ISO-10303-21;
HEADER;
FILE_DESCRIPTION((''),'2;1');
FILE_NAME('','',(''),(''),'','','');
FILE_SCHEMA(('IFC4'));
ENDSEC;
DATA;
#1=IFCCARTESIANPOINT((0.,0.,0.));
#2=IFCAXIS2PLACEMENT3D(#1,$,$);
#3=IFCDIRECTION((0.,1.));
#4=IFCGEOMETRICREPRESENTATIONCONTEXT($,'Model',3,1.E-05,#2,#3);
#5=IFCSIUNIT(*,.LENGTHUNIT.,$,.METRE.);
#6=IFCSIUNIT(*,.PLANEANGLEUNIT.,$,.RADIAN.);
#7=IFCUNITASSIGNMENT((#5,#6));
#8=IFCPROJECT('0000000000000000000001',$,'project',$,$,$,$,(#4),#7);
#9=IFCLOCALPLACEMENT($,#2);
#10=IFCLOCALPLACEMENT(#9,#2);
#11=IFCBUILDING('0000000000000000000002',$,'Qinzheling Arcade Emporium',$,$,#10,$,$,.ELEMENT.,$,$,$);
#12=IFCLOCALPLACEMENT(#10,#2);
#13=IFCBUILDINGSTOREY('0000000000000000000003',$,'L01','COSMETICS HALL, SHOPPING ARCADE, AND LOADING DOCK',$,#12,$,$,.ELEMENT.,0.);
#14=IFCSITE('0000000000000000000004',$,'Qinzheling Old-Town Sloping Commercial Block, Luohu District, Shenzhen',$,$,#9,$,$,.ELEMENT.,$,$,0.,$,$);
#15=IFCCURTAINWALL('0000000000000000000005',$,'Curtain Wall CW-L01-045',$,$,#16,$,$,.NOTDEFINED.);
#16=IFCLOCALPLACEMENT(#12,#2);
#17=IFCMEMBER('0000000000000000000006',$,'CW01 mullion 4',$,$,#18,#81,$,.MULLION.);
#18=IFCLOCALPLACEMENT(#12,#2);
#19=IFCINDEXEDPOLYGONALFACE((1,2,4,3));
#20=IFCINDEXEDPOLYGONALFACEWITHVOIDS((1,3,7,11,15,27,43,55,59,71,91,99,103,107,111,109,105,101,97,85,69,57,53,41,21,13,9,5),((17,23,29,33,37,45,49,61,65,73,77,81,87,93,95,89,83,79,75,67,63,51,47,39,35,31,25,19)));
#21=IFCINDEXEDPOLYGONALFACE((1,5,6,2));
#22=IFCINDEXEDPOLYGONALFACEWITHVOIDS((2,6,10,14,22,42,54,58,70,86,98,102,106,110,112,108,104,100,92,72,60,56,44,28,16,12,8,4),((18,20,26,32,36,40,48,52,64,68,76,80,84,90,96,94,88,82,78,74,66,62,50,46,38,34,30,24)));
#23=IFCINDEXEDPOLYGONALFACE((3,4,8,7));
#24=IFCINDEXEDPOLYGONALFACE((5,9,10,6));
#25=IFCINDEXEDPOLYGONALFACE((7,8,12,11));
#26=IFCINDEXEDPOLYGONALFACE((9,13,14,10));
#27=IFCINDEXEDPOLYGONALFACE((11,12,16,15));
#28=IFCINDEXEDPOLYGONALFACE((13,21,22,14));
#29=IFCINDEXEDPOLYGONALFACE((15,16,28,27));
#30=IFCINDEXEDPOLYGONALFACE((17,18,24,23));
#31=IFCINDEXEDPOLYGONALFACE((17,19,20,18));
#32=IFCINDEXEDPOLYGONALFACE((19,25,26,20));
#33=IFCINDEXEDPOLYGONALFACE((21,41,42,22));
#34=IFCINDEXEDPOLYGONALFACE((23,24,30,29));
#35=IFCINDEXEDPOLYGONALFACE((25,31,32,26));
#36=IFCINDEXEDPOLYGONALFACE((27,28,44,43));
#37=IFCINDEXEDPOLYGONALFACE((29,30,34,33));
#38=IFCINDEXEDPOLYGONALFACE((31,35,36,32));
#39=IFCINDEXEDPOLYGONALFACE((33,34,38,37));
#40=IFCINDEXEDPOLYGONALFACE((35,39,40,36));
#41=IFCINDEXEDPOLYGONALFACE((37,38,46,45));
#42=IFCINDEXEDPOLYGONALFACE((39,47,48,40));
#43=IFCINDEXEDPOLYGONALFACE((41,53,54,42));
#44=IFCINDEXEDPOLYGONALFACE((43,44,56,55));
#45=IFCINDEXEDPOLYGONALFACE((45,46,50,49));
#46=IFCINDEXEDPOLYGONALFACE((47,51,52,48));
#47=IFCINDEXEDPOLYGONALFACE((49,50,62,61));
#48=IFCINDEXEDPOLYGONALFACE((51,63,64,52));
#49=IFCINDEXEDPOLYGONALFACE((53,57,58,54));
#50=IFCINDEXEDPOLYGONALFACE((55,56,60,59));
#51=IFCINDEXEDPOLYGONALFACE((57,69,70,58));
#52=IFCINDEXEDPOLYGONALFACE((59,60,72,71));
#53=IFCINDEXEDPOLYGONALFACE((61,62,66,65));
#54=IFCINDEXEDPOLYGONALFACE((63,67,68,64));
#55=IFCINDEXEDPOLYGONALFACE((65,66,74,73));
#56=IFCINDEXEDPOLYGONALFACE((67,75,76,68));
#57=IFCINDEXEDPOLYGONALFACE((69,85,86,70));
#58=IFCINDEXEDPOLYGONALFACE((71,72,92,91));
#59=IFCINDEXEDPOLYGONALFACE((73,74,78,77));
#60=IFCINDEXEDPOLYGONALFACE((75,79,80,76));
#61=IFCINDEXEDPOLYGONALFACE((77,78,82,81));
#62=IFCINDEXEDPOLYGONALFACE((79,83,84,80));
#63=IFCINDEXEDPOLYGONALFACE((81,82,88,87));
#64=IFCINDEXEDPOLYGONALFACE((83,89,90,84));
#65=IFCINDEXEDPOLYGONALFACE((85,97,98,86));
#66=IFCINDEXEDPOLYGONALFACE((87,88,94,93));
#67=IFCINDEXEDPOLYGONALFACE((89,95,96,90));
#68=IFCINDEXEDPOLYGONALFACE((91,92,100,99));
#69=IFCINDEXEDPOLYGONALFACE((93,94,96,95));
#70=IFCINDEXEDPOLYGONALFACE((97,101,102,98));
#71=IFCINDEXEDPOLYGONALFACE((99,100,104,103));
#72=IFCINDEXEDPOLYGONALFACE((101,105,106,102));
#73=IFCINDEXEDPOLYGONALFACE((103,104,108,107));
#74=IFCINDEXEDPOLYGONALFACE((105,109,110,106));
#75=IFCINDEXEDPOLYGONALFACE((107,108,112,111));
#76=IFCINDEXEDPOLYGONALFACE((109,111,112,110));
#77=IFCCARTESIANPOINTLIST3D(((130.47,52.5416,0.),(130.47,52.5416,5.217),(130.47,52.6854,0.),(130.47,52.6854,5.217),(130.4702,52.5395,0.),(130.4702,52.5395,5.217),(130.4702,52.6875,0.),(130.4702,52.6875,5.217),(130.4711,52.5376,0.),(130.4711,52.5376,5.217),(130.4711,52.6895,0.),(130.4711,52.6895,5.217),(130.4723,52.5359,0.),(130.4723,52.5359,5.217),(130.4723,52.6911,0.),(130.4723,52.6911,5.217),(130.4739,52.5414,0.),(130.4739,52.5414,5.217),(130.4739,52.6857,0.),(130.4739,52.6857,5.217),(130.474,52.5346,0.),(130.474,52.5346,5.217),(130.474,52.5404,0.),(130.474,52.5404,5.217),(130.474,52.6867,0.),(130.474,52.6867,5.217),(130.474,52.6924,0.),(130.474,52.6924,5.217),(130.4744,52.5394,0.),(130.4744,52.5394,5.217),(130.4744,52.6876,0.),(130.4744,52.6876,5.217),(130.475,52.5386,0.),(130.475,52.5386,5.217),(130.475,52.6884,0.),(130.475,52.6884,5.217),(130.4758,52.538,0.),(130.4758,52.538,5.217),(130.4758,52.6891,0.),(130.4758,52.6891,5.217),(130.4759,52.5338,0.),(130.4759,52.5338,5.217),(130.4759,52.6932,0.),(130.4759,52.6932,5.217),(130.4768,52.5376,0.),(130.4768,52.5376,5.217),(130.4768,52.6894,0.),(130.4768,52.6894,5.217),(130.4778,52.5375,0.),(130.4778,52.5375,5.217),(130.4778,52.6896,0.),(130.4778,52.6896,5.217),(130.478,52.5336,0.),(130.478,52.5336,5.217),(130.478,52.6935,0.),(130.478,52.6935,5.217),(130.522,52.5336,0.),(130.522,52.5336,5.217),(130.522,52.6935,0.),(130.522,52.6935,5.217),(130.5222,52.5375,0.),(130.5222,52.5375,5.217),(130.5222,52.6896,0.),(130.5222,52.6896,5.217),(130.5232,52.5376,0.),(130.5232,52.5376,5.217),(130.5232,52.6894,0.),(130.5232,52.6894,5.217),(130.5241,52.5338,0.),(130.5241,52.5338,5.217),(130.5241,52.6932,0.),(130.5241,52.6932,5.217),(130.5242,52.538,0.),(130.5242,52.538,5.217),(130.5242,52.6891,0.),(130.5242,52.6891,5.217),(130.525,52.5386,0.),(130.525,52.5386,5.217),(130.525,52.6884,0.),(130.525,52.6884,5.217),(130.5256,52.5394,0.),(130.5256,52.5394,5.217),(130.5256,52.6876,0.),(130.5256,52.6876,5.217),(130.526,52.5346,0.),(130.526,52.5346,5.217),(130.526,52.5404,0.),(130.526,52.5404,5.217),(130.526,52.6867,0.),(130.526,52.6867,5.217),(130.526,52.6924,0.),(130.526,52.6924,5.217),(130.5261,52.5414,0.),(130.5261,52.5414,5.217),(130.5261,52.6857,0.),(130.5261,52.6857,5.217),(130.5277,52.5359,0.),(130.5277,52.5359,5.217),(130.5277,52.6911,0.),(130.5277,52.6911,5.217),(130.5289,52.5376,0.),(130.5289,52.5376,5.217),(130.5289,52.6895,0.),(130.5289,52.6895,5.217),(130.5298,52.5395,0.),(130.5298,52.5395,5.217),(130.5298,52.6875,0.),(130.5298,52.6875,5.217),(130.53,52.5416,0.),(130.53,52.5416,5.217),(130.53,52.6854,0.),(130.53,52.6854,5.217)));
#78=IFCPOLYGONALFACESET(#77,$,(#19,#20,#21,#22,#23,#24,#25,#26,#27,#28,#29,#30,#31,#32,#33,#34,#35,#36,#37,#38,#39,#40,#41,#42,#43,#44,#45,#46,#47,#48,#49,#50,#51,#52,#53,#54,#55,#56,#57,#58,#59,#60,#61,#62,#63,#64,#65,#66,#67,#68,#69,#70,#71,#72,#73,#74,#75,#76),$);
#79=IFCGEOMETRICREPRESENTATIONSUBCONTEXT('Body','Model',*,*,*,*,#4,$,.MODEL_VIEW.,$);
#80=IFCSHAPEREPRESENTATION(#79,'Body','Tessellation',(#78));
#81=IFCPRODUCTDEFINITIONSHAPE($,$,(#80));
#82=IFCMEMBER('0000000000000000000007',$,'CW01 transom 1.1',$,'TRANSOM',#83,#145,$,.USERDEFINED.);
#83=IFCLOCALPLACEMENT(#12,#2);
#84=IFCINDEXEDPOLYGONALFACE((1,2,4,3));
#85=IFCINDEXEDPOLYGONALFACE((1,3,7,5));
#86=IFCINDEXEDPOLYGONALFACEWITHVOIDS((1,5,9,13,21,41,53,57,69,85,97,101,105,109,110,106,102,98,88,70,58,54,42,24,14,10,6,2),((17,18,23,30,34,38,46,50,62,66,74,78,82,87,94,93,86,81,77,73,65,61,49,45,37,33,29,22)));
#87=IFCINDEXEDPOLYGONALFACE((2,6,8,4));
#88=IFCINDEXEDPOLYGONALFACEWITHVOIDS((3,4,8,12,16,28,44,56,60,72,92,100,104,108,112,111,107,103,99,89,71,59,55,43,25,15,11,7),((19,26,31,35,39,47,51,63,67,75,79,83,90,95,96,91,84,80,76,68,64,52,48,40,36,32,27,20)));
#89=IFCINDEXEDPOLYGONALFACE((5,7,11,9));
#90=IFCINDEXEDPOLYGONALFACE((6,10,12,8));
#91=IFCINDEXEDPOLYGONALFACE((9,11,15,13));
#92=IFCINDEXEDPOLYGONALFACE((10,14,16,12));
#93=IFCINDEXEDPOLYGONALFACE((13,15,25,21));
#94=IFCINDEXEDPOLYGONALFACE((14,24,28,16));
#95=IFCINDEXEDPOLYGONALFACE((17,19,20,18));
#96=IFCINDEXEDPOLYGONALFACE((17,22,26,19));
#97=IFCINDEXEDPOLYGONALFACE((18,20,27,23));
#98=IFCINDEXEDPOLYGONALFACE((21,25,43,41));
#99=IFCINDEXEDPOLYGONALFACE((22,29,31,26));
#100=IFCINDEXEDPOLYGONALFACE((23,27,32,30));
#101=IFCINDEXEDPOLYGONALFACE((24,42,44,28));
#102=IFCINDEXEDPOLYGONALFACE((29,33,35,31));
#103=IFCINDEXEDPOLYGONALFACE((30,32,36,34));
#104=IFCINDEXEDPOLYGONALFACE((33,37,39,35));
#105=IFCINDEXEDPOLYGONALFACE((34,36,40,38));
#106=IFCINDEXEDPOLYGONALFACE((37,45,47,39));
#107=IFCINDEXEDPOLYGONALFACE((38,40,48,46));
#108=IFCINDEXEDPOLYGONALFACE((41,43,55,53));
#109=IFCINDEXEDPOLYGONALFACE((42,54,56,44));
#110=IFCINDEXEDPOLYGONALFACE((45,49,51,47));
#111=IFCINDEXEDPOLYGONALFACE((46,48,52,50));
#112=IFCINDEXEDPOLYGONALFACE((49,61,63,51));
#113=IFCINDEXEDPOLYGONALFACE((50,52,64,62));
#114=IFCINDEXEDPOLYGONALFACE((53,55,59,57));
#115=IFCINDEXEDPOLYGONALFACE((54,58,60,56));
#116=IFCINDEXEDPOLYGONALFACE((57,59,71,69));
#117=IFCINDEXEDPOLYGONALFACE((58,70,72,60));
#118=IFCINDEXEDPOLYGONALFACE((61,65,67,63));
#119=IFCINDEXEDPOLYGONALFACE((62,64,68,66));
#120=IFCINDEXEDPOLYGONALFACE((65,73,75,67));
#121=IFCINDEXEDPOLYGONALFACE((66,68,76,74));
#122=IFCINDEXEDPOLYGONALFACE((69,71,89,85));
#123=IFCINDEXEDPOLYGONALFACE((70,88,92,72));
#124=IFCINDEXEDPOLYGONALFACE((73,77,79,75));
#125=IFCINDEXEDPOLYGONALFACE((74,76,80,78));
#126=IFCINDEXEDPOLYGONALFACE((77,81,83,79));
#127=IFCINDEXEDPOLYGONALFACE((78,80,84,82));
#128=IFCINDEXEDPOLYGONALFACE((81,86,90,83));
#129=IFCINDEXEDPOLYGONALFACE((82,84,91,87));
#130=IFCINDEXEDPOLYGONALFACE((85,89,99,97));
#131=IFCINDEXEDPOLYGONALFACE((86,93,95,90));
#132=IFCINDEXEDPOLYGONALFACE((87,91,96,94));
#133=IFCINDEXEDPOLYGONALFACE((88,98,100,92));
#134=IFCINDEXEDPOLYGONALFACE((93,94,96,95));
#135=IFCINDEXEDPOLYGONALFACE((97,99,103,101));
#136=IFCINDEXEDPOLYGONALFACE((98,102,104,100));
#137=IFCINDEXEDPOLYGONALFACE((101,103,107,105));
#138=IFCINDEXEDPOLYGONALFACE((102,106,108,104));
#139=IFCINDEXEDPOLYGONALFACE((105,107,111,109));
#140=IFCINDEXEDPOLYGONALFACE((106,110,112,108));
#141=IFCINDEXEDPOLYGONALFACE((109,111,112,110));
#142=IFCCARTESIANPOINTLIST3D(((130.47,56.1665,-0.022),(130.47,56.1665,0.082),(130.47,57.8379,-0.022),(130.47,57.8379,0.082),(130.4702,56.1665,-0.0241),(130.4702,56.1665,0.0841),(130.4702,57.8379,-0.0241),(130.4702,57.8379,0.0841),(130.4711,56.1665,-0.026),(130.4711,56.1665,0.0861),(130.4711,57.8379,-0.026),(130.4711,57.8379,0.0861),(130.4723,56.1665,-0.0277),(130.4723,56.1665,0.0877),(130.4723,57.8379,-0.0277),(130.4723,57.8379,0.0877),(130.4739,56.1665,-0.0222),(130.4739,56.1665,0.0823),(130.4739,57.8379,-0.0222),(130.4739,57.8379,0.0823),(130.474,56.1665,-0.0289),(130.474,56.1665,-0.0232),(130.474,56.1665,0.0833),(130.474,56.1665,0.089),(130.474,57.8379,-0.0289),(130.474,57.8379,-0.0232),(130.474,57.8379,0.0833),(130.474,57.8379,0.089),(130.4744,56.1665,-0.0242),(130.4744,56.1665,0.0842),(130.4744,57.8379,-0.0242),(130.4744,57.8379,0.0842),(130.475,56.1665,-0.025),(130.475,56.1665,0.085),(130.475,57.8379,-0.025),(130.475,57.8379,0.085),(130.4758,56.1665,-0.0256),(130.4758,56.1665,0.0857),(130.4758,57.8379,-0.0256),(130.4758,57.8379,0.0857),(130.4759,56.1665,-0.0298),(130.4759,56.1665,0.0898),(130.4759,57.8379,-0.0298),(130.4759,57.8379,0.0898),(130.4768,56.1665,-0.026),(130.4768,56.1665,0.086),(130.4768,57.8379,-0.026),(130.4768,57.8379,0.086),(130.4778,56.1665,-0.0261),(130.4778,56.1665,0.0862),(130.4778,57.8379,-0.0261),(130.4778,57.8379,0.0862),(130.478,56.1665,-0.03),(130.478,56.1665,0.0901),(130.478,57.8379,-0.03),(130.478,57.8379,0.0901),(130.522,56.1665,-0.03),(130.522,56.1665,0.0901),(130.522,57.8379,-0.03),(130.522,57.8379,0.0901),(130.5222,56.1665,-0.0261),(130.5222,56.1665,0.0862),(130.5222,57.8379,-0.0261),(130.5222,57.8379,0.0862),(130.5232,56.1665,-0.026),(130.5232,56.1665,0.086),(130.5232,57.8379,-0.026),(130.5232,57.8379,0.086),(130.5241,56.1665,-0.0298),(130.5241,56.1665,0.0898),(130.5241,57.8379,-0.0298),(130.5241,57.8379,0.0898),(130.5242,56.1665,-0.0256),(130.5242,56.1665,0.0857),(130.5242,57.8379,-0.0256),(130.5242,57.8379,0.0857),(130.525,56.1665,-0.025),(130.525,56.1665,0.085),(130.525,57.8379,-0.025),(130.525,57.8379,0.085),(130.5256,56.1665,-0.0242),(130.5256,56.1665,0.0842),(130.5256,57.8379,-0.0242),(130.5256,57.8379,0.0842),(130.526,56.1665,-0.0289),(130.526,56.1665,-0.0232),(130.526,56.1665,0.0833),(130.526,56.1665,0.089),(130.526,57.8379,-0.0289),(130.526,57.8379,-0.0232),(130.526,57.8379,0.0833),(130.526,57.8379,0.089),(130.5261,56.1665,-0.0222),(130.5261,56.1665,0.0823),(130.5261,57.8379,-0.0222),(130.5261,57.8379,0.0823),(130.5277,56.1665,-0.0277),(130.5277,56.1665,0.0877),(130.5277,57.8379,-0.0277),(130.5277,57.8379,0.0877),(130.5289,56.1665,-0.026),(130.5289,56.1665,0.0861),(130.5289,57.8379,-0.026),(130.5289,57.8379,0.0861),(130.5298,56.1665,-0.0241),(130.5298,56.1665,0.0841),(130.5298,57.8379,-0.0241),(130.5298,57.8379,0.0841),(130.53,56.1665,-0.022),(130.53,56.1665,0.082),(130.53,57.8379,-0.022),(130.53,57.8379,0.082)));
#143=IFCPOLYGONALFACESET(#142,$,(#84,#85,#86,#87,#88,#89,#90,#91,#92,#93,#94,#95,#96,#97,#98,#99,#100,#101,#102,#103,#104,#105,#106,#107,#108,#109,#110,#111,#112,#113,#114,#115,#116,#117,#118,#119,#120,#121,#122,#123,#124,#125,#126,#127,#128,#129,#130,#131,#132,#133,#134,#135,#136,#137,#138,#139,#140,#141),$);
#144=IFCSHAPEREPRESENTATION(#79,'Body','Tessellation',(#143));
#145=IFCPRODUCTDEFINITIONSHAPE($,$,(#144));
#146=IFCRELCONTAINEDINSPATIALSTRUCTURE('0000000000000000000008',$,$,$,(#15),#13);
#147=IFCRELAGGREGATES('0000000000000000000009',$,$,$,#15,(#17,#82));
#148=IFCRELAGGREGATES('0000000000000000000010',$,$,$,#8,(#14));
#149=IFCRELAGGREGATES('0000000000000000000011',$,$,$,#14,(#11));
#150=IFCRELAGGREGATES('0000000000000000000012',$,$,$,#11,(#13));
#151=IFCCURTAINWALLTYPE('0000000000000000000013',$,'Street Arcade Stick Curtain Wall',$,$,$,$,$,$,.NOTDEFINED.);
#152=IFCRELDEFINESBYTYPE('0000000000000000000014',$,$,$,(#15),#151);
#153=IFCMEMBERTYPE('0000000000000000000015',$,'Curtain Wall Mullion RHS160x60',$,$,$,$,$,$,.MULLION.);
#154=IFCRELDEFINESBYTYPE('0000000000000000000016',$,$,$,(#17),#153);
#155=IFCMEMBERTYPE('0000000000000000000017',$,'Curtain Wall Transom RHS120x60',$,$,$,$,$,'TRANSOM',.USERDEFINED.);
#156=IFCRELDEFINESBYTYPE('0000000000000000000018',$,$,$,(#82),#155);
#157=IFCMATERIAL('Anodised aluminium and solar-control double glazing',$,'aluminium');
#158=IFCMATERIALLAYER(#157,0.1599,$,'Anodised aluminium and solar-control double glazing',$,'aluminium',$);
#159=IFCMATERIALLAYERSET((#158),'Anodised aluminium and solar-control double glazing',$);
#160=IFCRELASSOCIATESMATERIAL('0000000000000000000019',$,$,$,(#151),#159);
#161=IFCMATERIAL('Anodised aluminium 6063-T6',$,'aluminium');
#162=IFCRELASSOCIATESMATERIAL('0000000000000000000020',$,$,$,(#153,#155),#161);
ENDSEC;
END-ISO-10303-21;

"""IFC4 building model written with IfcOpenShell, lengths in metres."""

from ifc_helpers import new_model, si_unit, direction, frame, origin, origin_2d, place, context, subcontext, project, spatial, hollow_rectangle, extrude, material, layer, layer_set, material_profile, profile_set, type_object, element, aggregate, save


model = new_model("IFC4")

# Units and contexts
model_context = context("Model", 3, precision=1e-05, world=origin(), true_north=direction((0.0, 1.0)))
body_context = subcontext(model_context, "Body", "Model", "MODEL_VIEW")
ifc_project = project(units=[si_unit("LENGTHUNIT", "METRE"), si_unit("PLANEANGLEUNIT", "RADIAN")], contexts=[model_context])

# Site, building, storey
site_placement = place(None, origin())
site = spatial("IfcSite", under=ifc_project, at=site_placement, Name="Qinzheling Old-Town Sloping Commercial Block, Luohu District, Shenzhen", CompositionType="ELEMENT", RefElevation=0.0)
building_placement = place(site_placement, origin())
building = spatial("IfcBuilding", under=site, at=building_placement, Name="Qinzheling Arcade Emporium", CompositionType="ELEMENT")
storey_placement = place(building_placement, origin())
storey = spatial("IfcBuildingStorey", under=building, at=storey_placement, Name="L01", Description="COSMETICS HALL, SHOPPING ARCADE, AND LOADING DOCK", CompositionType="ELEMENT", Elevation=0.0)

# Shared definitions
ifc_material_1 = material(Name="Anodised aluminium and solar-control double glazing", Category="aluminium")
ifc_layer_1 = layer(ifc_material_1, 0.1599, Name="Anodised aluminium and solar-control double glazing", Category="aluminium")
ifc_layer_set_1 = layer_set([ifc_layer_1], Name="Anodised aluminium and solar-control double glazing")
curtain_wall_type = type_object("IfcCurtainWallType", Name="Street Arcade Stick Curtain Wall", PredefinedType="NOTDEFINED", material=ifc_layer_set_1)
ifc_material_2 = material(Name="Anodised aluminium 6063-T6", Category="aluminium")
ifc_material_profile_1 = material_profile(ifc_material_2, hollow_rectangle(XDim=0.0601, YDim=0.1599, WallThickness=0.0039, InnerFilletRadius=0.0039, OuterFilletRadius=0.0081, at=origin_2d()), Name="RHS 160x60x4", Category="aluminium")
ifc_profile_set_1 = profile_set([ifc_material_profile_1], Name="Anodised aluminium 6063-T6")
member_type_1 = type_object("IfcMemberType", Name="Curtain Wall Mullion RHS160x60", PredefinedType="MULLION", material=ifc_profile_set_1)

# Curtain wall, members
curtain_wall_1_placement = place(storey_placement, origin())
curtain_wall_1 = element("IfcCurtainWall", 1, at=curtain_wall_1_placement, inside=storey, type_object=curtain_wall_type, Name="Curtain Wall CW-L01-045", PredefinedType="NOTDEFINED")
member_1_placement = place(storey_placement, frame((130.5, 52.6135, 0.0), z_axis=(0.0, 0.0, 1.0), x_axis=(1.0, 0.0, 0.0)))
member_1 = element("IfcMember", 2, at=member_1_placement, type_object=member_type_1, Name="CW01 mullion 4", PredefinedType="MULLION", context=body_context, shape_type="SweptSolid", body=[
    extrude(hollow_rectangle(XDim=0.0601, YDim=0.1599, WallThickness=0.0039, InnerFilletRadius=0.0039, OuterFilletRadius=0.0081, at=origin_2d()), origin(), (0.0, 0.0, 1.0), 5.217),
])
ifc_material_profile_2 = material_profile(ifc_material_2, hollow_rectangle(XDim=0.0601, YDim=0.1201, WallThickness=0.0039, InnerFilletRadius=0.0039, OuterFilletRadius=0.0081, at=origin_2d()), Name="RHS 120x60x4", Category="aluminium")
ifc_profile_set_2 = profile_set([ifc_material_profile_2], Name="Anodised aluminium 6063-T6")
member_type_2 = type_object("IfcMemberType", Name="Curtain Wall Transom RHS120x60", ElementType="TRANSOM", PredefinedType="USERDEFINED", material=ifc_profile_set_2)
member_2_placement = place(storey_placement, frame((130.5, 57.8379, 0.03), z_axis=(0.0, -1.0, 0.0), x_axis=(1.0, 0.0, 0.0)))
member_2 = element("IfcMember", 3, at=member_2_placement, type_object=member_type_2, Name="CW01 transom 1.1", ObjectType="TRANSOM", PredefinedType="USERDEFINED", context=body_context, shape_type="SweptSolid", body=[
    extrude(hollow_rectangle(XDim=0.0601, YDim=0.1201, WallThickness=0.0039, InnerFilletRadius=0.0039, OuterFilletRadius=0.0081, at=origin_2d()), origin(), (0.0, 0.0, 1.0), 1.6714),
])

aggregate(curtain_wall_1, [member_1, member_2])

save(model, "model.ifc")
